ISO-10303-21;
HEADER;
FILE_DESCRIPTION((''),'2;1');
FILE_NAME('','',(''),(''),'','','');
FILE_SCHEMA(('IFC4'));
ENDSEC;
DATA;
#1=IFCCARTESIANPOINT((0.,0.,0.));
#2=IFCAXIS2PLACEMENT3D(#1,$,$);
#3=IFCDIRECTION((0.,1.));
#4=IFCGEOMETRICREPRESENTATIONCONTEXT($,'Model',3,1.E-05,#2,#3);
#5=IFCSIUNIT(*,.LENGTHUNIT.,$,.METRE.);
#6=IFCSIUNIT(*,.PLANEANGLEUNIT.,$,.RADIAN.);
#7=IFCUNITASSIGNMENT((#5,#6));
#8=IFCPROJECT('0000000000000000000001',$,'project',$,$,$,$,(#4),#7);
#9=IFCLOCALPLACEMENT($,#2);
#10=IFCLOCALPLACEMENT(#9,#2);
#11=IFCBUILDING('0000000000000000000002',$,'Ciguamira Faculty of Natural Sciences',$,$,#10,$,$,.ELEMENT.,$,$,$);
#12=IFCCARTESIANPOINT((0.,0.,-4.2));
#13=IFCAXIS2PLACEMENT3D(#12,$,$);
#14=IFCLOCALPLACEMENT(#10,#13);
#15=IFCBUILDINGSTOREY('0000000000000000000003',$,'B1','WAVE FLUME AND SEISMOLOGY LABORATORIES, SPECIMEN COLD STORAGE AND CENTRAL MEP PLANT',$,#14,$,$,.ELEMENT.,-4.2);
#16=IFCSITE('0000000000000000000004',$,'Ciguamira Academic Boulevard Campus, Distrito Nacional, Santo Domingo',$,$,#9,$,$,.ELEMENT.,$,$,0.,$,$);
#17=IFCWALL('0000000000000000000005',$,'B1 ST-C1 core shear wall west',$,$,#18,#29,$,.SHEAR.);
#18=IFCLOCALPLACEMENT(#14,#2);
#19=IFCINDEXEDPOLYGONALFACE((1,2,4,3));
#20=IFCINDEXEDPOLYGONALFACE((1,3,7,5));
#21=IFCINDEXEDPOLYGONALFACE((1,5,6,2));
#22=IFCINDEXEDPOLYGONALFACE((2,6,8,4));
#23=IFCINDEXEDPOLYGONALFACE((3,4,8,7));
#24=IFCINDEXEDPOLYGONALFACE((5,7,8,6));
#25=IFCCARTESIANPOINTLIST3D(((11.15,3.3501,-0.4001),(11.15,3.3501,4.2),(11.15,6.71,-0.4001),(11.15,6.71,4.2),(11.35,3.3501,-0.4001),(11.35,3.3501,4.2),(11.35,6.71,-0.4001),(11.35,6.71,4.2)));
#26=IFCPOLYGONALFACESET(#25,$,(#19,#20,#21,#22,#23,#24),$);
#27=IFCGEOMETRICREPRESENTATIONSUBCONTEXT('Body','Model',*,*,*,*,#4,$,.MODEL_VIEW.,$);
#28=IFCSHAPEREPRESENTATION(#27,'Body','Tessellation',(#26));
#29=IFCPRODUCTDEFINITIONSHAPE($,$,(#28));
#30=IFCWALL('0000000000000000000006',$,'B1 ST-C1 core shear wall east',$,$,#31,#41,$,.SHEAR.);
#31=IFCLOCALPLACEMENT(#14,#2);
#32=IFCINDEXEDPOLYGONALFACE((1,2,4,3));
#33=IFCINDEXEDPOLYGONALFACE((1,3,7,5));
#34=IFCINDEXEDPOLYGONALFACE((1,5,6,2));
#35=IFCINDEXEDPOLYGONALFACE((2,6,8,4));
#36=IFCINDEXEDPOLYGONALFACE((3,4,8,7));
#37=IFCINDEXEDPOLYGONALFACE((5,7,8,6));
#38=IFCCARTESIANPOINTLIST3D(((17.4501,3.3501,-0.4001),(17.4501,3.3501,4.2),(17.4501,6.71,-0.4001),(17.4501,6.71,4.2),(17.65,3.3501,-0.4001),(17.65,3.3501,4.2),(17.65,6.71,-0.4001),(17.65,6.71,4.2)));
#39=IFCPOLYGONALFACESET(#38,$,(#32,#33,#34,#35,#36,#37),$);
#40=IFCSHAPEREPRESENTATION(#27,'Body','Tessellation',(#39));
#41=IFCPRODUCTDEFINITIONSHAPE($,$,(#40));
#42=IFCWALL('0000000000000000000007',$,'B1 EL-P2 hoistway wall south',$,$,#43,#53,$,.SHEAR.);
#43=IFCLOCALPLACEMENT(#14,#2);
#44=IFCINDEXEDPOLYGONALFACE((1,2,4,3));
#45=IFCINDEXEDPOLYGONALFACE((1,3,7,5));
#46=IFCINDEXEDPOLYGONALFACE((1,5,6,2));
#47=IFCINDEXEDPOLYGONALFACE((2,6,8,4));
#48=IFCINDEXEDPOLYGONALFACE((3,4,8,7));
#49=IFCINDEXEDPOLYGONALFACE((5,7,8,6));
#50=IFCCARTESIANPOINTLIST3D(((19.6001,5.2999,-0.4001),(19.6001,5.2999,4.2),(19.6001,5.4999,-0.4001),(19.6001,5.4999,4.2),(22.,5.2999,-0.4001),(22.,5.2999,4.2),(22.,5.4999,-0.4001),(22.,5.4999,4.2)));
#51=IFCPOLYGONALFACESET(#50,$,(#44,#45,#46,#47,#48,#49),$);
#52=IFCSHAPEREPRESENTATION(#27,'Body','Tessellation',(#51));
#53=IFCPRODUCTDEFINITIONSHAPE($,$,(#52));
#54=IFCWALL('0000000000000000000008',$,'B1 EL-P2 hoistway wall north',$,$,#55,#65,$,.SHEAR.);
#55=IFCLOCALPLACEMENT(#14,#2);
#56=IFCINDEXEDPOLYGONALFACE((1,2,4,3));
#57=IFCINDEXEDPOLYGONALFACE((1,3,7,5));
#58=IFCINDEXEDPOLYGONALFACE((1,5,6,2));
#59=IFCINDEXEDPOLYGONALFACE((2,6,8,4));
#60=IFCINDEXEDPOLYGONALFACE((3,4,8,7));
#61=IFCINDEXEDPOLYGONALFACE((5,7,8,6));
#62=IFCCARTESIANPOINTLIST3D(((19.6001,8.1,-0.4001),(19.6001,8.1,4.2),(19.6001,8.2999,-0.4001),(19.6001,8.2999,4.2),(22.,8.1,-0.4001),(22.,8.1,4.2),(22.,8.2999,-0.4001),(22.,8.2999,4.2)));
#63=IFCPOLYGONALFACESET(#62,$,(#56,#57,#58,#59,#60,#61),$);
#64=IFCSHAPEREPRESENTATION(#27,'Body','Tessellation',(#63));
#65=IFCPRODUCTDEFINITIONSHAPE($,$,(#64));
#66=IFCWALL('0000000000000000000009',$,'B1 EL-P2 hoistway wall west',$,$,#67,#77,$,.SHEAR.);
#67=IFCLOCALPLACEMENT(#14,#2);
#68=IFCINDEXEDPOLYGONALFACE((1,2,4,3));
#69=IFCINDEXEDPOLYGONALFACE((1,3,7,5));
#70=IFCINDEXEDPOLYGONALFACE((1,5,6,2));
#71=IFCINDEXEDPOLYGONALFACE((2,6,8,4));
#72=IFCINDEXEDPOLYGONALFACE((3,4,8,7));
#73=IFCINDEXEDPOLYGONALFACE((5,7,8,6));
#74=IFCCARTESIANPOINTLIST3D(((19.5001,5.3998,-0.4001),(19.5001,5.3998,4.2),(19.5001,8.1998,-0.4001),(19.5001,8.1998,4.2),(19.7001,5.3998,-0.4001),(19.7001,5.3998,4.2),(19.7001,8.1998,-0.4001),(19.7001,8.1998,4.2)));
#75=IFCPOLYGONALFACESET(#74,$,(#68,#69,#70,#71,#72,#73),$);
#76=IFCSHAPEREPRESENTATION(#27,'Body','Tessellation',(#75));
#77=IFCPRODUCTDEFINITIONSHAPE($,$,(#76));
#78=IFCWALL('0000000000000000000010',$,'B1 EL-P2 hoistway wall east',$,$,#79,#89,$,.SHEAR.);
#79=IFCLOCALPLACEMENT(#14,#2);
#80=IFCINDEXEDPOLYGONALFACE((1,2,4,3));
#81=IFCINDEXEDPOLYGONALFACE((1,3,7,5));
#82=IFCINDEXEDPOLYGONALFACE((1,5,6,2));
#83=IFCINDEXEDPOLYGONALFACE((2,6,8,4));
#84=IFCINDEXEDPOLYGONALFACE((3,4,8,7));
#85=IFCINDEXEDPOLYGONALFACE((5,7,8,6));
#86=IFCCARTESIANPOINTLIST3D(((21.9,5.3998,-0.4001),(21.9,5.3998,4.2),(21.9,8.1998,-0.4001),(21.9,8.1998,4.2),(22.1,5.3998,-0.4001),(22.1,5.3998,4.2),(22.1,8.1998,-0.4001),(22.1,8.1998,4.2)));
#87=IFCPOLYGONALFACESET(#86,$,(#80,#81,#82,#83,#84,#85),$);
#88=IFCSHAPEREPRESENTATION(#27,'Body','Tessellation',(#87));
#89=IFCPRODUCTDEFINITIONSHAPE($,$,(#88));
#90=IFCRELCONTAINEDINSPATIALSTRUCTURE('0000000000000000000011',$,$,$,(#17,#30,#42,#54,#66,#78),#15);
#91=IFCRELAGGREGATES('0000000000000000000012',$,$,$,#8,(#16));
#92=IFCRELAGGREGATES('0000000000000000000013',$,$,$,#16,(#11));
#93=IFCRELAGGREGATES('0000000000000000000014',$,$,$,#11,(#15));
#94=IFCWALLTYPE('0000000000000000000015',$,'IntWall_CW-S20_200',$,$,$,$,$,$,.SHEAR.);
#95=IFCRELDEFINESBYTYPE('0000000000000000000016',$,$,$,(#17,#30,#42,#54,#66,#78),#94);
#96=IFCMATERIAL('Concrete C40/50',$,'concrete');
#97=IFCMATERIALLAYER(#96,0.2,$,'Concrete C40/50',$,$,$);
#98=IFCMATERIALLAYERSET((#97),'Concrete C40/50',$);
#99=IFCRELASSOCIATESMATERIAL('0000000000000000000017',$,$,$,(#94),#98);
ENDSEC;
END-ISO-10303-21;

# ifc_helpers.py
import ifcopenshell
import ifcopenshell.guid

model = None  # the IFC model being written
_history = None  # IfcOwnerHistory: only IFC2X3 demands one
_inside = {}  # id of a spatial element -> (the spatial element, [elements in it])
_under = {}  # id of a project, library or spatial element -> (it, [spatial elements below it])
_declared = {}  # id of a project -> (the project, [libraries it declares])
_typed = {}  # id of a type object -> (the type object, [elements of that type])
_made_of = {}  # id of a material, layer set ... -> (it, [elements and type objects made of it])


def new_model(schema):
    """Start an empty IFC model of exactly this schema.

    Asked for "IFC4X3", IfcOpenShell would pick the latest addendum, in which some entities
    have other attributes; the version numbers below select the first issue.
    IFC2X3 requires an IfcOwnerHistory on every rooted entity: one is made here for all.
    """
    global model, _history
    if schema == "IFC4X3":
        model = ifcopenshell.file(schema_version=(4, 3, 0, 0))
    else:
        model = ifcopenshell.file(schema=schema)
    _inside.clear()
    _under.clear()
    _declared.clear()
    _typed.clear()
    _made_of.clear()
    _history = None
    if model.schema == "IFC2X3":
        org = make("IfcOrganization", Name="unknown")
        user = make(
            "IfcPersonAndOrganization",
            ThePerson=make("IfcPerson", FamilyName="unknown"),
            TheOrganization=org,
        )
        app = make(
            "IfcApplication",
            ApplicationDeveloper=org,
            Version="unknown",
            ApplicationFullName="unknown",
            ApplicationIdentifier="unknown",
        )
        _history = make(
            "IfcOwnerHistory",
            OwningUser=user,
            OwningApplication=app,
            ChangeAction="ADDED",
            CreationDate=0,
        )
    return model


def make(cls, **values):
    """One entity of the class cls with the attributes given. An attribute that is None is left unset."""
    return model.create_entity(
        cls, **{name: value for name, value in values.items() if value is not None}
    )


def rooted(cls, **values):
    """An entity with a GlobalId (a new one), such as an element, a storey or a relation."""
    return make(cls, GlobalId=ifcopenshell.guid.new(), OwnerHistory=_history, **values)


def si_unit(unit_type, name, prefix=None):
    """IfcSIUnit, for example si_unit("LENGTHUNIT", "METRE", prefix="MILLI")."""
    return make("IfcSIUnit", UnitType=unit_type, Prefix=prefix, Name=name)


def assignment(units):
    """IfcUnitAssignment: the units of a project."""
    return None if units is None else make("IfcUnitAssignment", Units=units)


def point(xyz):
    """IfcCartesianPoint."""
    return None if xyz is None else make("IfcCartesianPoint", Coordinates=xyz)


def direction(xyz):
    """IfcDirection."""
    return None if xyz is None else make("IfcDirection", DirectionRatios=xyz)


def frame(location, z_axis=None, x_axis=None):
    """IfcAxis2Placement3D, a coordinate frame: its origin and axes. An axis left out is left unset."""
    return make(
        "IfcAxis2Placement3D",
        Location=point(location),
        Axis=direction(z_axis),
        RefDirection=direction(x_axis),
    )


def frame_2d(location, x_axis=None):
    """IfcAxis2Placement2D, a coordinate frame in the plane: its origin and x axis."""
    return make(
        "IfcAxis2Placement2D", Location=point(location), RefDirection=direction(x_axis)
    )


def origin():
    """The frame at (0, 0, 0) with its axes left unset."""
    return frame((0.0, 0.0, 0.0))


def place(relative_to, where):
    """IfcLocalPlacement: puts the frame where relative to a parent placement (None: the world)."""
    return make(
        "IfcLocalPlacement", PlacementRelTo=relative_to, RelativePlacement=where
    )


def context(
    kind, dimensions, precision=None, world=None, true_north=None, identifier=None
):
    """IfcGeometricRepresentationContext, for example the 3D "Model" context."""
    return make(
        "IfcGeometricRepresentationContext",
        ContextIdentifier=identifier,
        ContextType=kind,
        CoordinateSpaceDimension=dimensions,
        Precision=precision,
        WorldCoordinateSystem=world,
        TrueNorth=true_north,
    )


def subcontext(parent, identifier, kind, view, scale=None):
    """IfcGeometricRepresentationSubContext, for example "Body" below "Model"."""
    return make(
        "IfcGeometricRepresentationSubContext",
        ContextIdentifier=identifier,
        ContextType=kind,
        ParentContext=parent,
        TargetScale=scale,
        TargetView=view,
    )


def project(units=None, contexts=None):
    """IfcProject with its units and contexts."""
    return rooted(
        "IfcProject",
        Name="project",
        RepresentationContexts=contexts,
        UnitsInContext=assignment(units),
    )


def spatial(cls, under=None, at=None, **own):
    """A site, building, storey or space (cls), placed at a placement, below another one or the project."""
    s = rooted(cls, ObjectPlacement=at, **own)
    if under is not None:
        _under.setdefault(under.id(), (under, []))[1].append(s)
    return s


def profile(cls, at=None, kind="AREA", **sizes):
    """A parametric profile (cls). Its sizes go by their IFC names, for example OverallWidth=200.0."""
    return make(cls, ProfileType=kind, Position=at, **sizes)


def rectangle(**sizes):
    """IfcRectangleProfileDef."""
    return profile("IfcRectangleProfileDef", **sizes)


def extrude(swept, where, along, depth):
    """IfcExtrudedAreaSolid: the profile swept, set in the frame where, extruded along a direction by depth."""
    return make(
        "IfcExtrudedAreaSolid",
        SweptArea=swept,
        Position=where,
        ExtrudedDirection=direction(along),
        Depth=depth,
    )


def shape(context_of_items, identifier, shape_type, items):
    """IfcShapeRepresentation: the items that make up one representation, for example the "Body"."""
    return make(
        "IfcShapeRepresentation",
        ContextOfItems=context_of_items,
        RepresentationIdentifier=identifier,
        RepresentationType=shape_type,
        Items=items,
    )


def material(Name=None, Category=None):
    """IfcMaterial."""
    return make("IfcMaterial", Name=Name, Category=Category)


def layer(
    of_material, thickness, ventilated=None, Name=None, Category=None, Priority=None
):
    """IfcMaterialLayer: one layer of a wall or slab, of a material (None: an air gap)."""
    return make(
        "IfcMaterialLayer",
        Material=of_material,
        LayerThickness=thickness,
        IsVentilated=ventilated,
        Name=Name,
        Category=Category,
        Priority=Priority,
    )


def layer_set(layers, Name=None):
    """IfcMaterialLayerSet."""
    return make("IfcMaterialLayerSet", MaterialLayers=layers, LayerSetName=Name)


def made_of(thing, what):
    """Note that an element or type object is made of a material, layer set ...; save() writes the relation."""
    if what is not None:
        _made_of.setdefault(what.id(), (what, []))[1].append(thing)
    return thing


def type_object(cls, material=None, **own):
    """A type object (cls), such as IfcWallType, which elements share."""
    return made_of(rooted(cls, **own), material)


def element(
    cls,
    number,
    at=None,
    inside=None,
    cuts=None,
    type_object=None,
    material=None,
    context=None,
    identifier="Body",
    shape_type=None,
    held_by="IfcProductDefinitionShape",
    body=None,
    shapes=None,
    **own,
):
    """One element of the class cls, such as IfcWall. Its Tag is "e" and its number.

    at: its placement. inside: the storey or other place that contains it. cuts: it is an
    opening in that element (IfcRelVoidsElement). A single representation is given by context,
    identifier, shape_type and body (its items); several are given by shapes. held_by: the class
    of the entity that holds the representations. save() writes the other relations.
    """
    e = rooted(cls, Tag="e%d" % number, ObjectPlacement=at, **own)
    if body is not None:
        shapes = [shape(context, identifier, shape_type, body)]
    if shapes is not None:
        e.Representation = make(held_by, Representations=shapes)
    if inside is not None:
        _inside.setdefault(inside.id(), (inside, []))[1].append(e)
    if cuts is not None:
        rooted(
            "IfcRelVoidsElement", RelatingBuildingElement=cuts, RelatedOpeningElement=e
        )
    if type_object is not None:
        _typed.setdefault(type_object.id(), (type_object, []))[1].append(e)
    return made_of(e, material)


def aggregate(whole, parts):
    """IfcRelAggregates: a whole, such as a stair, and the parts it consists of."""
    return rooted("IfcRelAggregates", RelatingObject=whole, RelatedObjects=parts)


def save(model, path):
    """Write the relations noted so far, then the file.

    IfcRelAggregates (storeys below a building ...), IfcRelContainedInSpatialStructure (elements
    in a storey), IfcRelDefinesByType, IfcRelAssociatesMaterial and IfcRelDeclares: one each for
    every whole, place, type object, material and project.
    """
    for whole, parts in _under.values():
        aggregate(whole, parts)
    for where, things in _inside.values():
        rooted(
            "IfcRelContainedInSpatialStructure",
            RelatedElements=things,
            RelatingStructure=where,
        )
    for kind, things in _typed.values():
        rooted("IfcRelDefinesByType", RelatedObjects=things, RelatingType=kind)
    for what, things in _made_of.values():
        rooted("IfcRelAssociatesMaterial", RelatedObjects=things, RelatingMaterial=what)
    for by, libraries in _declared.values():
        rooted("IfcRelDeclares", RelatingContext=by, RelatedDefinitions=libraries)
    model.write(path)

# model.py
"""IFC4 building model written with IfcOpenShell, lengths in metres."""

from ifc_helpers import new_model, si_unit, direction, frame, frame_2d, origin, place, context, subcontext, project, spatial, rectangle, extrude, material, layer, layer_set, type_object, element, save


model = new_model("IFC4")

# Units and contexts
model_context = context("Model", 3, precision=1e-05, world=origin(), true_north=direction((0.0, 1.0)))
body_context = subcontext(model_context, "Body", "Model", "MODEL_VIEW")
ifc_project = project(units=[si_unit("LENGTHUNIT", "METRE"), si_unit("PLANEANGLEUNIT", "RADIAN")], contexts=[model_context])

# Site, building, storey
site_placement = place(None, origin())
site = spatial("IfcSite", under=ifc_project, at=site_placement, Name="Ciguamira Academic Boulevard Campus, Distrito Nacional, Santo Domingo", CompositionType="ELEMENT", RefElevation=0.0)
building_placement = place(site_placement, origin())
building = spatial("IfcBuilding", under=site, at=building_placement, Name="Ciguamira Faculty of Natural Sciences", CompositionType="ELEMENT")
storey_placement = place(building_placement, frame((0.0, 0.0, -4.2)))
storey = spatial("IfcBuildingStorey", under=building, at=storey_placement, Name="B1", Description="WAVE FLUME AND SEISMOLOGY LABORATORIES, SPECIMEN COLD STORAGE AND CENTRAL MEP PLANT", CompositionType="ELEMENT", Elevation=-4.2)

# Shared definitions
ifc_material_1 = material(Name="Concrete C40/50", Category="concrete")

# Walls
ifc_layer = layer(ifc_material_1, 0.2, Name="Concrete C40/50")
ifc_layer_set = layer_set([ifc_layer], Name="Concrete C40/50")
wall_type = type_object("IfcWallType", Name="IntWall_CW-S20_200", PredefinedType="SHEAR", material=ifc_layer_set)
for number, where, z_axis, x_axis, name in (
    (1, (11.25, 3.3501, -0.4001), (0.0, 0.0, 1.0), (0.0, 1.0, 0.0), "B1 ST-C1 core shear wall west"),
    (2, (17.55, 3.3501, -0.4001), (0.0, 0.0, 1.0), (0.0, 1.0, 0.0), "B1 ST-C1 core shear wall east"),
):
    element("IfcWall", number, at=place(storey_placement, frame(where, z_axis=z_axis, x_axis=x_axis)), inside=storey, type_object=wall_type, Name=name, PredefinedType="SHEAR", context=body_context, shape_type="SweptSolid", body=[
        extrude(rectangle(XDim=3.3599, YDim=0.2, at=frame_2d((1.6799, 0.0))), origin(), (0.0, 0.0, 1.0), 4.6001),
    ])
for number, where, z_axis, x_axis, name in (
    (3, (19.6001, 5.3999, -0.4001), (0.0, 0.0, 1.0), (1.0, 0.0, 0.0), "B1 EL-P2 hoistway wall south"),
    (4, (19.6001, 8.2, -0.4001), (0.0, 0.0, 1.0), (1.0, 0.0, 0.0), "B1 EL-P2 hoistway wall north"),
):
    element("IfcWall", number, at=place(storey_placement, frame(where, z_axis=z_axis, x_axis=x_axis)), inside=storey, type_object=wall_type, Name=name, PredefinedType="SHEAR", context=body_context, shape_type="SweptSolid", body=[
        extrude(rectangle(XDim=2.3999, YDim=0.2, at=frame_2d((1.2, 0.0))), origin(), (0.0, 0.0, 1.0), 4.6001),
    ])
for number, where, z_axis, x_axis, name in (
    (5, (19.6001, 5.3999, -0.4001), (0.0, 0.0, 1.0), (0.0, 1.0, 0.0), "B1 EL-P2 hoistway wall west"),
    (6, (22.0, 5.3999, -0.4001), (0.0, 0.0, 1.0), (0.0, 1.0, 0.0), "B1 EL-P2 hoistway wall east"),
):
    element("IfcWall", number, at=place(storey_placement, frame(where, z_axis=z_axis, x_axis=x_axis)), inside=storey, type_object=wall_type, Name=name, PredefinedType="SHEAR", context=body_context, shape_type="SweptSolid", body=[
        extrude(rectangle(XDim=2.8, YDim=0.2, at=frame_2d((1.3999, 0.0))), origin(), (0.0, 0.0, 1.0), 4.6001),
    ])

save(model, "model.ifc")
